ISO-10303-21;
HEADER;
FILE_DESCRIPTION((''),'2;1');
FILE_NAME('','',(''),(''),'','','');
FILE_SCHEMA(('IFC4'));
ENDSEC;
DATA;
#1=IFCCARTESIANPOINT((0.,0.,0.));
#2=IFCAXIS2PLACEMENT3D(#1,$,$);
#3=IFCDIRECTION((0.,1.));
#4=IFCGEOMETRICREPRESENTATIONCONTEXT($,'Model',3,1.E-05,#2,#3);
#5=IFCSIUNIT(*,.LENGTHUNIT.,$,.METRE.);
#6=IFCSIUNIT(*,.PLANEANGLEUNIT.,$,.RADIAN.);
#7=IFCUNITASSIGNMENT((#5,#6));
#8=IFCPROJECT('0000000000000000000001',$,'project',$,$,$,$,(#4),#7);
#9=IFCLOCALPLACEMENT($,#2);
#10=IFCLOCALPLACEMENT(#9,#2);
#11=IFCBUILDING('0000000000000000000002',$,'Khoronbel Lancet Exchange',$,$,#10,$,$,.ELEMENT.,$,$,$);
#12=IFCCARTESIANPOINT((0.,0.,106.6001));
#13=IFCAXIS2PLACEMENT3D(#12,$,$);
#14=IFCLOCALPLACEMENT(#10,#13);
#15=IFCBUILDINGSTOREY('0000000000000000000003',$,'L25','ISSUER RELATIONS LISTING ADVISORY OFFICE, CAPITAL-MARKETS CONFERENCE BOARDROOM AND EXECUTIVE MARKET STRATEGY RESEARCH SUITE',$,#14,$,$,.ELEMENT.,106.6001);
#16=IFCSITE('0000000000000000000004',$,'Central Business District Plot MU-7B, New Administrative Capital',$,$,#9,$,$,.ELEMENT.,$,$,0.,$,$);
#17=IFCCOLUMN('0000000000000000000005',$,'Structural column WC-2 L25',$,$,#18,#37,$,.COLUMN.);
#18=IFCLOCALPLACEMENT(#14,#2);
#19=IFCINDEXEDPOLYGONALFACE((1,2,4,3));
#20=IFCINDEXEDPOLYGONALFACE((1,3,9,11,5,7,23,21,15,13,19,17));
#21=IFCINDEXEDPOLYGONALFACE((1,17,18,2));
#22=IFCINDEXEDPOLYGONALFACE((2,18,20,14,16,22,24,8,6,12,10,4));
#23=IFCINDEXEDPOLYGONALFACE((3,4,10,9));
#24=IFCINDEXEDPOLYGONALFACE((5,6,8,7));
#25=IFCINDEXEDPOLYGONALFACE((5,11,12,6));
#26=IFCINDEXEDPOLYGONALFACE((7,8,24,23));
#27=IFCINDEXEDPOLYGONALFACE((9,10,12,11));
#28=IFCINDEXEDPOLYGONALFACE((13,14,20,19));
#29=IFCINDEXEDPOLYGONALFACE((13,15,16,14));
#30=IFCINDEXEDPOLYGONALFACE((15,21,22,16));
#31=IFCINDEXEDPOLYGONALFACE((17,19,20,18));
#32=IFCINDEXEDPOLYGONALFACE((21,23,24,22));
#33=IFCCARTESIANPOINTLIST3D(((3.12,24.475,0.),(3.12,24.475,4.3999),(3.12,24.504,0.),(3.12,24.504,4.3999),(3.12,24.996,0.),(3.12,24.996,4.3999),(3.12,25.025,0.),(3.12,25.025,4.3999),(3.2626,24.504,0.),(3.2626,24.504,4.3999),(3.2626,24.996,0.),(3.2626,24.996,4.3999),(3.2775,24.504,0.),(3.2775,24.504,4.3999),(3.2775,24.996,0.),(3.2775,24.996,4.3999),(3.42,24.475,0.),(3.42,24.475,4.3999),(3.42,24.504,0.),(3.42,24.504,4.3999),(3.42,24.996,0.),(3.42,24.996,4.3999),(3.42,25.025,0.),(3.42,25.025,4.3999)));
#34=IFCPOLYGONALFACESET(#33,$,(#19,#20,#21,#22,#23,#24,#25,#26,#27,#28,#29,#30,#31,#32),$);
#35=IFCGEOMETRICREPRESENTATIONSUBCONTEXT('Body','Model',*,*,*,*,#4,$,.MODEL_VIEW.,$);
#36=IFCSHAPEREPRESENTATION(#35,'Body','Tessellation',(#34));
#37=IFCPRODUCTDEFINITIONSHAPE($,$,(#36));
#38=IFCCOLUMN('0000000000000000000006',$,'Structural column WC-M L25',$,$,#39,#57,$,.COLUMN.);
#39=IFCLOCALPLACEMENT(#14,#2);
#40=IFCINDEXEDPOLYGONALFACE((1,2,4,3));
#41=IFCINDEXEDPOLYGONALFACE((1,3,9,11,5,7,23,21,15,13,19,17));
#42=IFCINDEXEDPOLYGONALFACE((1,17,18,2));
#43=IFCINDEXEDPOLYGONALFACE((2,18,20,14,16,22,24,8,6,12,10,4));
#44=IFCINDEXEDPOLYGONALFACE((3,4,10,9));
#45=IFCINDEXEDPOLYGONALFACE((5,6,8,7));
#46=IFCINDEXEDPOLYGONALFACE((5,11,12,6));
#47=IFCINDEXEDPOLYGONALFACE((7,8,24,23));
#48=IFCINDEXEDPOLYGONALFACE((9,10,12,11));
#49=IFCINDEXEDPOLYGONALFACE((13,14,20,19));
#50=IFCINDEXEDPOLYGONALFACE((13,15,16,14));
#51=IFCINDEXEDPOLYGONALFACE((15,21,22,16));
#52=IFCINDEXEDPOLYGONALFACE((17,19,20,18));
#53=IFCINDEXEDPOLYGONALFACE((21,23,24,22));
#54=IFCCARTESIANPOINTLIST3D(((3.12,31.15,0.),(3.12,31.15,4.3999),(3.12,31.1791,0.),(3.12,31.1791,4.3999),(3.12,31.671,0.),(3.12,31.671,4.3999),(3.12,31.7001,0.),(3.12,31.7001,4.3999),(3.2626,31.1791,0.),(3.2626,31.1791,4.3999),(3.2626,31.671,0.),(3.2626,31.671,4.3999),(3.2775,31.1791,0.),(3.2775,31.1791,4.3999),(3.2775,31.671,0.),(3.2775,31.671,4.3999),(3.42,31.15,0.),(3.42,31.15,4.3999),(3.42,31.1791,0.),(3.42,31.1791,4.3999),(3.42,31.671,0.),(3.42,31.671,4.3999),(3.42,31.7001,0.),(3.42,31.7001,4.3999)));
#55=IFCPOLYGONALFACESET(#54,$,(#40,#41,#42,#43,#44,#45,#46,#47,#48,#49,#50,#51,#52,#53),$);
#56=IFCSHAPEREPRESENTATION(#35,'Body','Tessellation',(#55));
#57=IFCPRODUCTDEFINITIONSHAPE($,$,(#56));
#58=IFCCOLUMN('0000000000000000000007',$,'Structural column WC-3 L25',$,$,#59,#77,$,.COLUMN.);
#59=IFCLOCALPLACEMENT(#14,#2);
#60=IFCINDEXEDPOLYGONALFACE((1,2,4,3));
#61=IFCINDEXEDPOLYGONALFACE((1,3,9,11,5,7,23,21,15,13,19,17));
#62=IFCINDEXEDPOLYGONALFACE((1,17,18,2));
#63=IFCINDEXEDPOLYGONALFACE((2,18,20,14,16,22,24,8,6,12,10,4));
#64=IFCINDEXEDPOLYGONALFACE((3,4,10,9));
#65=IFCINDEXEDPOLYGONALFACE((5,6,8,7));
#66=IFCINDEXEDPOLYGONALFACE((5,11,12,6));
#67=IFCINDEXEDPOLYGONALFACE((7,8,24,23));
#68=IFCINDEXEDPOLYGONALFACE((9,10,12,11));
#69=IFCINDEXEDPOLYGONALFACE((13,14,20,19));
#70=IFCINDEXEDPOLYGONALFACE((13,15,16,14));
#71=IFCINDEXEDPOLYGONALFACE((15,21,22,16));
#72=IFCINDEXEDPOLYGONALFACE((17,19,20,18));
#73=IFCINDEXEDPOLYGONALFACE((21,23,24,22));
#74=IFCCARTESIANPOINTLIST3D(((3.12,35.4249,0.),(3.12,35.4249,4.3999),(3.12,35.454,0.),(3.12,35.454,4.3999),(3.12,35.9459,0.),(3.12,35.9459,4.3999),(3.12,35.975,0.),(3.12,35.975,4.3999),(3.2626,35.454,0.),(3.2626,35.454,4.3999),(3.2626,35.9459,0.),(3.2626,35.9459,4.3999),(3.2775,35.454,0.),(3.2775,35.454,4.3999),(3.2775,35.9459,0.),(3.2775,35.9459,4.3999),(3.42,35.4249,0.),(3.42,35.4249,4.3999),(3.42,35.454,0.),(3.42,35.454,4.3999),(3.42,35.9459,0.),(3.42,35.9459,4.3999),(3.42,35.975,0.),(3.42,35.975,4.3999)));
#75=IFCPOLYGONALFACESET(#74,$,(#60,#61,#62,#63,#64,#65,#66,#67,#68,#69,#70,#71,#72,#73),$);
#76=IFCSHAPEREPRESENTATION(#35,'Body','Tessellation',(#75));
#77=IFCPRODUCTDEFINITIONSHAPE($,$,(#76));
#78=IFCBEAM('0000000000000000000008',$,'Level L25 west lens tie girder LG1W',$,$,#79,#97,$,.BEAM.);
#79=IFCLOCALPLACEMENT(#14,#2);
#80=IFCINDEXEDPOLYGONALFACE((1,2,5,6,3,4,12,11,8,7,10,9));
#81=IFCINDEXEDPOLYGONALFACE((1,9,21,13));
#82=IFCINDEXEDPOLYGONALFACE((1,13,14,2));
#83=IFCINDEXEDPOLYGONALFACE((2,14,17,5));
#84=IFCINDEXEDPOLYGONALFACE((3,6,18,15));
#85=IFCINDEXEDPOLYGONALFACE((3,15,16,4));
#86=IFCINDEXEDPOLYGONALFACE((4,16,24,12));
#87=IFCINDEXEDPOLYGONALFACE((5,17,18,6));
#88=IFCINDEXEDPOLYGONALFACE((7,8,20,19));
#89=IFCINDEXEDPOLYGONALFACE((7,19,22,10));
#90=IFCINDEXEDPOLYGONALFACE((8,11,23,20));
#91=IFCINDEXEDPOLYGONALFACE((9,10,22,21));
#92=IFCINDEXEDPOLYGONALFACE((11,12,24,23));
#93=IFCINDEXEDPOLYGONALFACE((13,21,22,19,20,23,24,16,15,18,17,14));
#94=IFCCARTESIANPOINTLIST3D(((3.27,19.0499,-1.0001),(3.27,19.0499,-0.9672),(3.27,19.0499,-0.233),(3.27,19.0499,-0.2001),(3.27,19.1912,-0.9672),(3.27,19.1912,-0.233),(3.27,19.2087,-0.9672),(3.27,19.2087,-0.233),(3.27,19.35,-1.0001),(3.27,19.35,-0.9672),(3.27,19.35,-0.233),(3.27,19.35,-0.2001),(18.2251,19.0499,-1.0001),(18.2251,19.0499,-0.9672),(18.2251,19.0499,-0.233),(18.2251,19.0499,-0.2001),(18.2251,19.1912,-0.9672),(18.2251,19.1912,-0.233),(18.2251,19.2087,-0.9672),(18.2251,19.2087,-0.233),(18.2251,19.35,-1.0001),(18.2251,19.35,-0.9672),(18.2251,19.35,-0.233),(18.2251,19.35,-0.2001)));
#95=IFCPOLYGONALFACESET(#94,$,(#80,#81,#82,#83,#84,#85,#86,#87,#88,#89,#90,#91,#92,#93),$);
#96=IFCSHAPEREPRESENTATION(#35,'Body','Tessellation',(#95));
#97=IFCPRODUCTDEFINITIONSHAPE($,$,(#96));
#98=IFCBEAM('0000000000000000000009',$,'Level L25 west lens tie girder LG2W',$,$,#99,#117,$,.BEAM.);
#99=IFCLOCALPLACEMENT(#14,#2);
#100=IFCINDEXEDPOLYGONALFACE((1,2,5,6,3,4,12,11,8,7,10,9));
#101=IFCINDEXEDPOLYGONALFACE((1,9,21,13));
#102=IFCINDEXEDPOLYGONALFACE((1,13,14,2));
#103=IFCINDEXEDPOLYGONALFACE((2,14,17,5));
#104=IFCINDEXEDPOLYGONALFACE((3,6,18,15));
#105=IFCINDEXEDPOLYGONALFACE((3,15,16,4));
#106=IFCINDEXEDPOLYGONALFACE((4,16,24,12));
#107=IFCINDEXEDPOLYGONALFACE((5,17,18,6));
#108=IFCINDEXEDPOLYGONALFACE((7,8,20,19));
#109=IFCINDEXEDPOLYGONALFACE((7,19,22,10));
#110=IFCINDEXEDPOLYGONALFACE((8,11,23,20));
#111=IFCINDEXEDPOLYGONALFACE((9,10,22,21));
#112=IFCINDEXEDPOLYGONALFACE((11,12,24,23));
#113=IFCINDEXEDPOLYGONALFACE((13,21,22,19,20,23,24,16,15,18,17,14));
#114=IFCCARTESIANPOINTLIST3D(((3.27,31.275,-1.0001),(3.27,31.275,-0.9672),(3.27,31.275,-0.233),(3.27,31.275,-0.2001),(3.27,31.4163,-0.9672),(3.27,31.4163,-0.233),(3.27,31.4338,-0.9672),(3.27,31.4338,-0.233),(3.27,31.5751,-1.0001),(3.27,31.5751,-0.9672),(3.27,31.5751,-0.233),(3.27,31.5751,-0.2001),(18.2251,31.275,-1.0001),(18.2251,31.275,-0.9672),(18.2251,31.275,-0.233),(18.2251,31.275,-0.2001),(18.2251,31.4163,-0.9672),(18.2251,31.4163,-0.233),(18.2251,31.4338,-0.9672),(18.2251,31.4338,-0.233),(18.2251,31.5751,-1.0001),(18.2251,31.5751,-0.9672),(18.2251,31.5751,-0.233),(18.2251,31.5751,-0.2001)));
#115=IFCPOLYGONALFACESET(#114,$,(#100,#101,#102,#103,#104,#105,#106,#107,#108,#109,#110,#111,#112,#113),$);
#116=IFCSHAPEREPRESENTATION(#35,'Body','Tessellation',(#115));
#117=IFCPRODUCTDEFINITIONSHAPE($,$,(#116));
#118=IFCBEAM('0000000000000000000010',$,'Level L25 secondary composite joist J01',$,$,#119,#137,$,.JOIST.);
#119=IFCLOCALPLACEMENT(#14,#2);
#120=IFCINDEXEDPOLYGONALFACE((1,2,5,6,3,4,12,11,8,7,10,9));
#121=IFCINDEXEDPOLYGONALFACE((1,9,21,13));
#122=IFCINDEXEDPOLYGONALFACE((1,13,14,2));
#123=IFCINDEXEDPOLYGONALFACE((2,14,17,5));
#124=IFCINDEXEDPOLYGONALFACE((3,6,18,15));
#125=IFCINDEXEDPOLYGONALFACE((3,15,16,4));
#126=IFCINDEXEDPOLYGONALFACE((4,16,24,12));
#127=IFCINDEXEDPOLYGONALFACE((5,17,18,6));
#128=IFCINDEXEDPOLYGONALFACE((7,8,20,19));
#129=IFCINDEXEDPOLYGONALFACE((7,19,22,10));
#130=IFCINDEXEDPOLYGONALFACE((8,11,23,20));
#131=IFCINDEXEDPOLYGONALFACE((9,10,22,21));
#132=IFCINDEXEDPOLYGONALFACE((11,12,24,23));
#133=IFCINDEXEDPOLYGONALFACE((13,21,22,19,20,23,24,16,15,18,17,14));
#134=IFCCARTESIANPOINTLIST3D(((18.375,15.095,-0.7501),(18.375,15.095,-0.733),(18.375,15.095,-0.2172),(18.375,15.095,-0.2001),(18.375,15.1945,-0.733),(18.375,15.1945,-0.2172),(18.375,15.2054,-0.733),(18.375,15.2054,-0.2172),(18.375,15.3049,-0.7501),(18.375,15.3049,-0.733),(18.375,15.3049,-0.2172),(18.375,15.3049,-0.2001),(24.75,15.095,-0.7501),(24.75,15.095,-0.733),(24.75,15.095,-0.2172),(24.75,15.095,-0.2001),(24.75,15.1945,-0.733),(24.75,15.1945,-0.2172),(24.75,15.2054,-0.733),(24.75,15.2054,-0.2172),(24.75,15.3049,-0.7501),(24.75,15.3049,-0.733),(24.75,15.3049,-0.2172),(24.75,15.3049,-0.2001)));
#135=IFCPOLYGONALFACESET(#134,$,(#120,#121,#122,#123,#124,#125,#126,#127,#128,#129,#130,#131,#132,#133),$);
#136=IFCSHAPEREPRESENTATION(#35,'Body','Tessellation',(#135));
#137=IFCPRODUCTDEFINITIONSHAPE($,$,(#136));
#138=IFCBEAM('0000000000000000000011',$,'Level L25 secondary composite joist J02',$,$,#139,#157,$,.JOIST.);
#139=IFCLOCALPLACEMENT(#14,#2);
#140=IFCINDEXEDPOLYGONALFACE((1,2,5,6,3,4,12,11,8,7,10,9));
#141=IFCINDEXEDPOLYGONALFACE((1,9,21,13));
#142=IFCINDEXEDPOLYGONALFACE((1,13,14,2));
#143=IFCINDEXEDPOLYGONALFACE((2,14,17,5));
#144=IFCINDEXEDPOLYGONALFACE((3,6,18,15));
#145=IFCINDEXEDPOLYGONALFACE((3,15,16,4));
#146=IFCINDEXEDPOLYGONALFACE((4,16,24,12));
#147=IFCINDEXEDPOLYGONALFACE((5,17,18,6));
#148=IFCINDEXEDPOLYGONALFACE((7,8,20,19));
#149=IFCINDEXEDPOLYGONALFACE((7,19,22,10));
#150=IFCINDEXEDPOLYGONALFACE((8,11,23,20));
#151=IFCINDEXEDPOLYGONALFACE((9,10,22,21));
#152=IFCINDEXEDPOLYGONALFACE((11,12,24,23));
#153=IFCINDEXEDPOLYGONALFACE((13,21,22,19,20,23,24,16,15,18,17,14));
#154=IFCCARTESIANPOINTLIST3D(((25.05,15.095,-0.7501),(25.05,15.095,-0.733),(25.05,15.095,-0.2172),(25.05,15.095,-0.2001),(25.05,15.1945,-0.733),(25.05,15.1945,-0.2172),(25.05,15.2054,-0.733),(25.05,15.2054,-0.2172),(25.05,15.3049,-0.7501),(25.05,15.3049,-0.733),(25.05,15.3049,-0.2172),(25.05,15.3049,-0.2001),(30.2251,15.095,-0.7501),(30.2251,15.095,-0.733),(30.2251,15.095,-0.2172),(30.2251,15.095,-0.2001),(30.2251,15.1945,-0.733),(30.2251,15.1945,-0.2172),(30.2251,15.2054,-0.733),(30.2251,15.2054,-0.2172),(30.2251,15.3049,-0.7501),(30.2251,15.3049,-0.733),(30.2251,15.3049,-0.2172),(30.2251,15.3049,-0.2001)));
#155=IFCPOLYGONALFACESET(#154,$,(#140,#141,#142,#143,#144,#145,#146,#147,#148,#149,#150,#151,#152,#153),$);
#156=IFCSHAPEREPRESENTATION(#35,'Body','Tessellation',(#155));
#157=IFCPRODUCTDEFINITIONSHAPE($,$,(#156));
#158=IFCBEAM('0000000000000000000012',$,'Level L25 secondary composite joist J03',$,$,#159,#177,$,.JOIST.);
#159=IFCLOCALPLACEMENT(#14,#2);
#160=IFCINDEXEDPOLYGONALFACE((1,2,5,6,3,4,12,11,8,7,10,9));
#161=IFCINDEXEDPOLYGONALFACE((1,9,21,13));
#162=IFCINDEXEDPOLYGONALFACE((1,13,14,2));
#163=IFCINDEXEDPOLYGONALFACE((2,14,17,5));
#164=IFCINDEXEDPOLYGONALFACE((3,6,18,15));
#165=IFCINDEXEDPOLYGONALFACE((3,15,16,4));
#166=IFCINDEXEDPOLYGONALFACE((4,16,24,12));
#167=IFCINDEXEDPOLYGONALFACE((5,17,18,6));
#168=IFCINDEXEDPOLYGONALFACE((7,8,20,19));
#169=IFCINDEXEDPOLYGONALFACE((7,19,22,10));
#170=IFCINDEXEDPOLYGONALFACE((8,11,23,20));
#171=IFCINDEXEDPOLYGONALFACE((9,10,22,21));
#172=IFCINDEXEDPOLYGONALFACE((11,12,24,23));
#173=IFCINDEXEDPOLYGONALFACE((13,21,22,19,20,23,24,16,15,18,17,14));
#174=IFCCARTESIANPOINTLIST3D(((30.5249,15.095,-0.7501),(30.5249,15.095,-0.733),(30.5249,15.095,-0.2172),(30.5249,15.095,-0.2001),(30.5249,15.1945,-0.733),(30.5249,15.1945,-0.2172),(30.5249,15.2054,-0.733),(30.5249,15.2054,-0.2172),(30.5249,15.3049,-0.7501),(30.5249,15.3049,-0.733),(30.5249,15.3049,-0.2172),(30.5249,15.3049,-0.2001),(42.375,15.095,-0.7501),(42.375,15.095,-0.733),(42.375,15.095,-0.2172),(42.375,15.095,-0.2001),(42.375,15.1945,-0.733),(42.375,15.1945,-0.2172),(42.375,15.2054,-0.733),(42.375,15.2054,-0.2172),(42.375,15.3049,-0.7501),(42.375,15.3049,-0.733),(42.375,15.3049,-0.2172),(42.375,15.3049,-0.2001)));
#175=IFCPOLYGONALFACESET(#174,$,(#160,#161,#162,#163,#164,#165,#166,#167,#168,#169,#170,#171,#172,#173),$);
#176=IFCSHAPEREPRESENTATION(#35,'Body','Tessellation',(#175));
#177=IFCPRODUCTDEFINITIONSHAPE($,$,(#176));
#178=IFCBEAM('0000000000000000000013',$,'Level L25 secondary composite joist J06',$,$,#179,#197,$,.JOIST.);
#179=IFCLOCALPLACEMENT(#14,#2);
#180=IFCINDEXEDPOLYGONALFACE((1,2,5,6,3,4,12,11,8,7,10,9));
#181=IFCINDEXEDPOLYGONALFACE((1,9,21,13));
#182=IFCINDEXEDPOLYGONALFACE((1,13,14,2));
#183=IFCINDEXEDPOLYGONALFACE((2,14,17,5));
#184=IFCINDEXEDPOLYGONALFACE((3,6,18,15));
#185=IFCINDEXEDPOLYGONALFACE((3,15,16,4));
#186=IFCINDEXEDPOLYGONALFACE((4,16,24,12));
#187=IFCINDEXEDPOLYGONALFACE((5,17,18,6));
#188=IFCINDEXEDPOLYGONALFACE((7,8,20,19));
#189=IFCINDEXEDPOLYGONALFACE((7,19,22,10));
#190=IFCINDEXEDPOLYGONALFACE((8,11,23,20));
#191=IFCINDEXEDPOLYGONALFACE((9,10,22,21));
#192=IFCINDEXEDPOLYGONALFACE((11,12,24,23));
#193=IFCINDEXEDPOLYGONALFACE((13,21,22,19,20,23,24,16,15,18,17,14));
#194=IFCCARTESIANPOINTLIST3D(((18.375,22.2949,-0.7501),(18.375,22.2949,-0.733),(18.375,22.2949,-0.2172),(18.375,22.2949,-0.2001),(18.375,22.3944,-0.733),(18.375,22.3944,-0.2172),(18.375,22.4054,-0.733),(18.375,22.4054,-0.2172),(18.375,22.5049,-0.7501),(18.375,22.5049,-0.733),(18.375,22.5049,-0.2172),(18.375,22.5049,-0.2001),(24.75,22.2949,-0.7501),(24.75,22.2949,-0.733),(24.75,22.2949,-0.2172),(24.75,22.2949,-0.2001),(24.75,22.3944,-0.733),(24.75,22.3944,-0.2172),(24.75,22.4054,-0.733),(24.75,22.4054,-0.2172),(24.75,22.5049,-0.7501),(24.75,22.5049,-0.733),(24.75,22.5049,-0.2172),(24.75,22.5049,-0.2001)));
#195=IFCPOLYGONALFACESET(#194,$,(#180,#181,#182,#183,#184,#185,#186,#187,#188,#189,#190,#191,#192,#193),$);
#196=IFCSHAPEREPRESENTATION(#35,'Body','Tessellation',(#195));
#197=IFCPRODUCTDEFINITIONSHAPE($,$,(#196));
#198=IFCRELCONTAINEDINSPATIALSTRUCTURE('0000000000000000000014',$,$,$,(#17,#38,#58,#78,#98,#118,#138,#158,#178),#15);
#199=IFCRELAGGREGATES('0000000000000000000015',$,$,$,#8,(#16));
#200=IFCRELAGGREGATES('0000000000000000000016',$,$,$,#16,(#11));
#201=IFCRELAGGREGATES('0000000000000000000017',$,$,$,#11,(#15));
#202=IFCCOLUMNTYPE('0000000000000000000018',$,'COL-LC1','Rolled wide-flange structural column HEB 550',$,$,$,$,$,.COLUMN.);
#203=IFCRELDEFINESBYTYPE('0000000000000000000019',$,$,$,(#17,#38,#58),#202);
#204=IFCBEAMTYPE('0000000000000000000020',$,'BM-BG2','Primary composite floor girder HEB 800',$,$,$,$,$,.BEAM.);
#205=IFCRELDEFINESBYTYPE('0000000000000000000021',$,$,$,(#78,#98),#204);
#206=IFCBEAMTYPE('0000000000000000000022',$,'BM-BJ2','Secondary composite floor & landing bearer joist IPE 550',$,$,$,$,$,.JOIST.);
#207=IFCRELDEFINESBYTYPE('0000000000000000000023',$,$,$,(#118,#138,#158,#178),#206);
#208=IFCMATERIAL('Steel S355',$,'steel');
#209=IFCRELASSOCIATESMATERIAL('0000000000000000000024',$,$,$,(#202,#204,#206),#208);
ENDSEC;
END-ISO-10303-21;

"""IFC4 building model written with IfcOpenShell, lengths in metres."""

from ifc_helpers import new_model, si_unit, direction, frame, origin, origin_2d, place, context, subcontext, project, spatial, i_section, extrude, material, material_profile, profile_set, type_object, element, save


model = new_model("IFC4")

# Units and contexts
model_context = context("Model", 3, precision=1e-05, world=origin(), true_north=direction((0.0, 1.0)))
body_context = subcontext(model_context, "Body", "Model", "MODEL_VIEW")
ifc_project = project(units=[si_unit("LENGTHUNIT", "METRE"), si_unit("PLANEANGLEUNIT", "RADIAN")], contexts=[model_context])

# Site, building, storey
site_placement = place(None, origin())
site = spatial("IfcSite", under=ifc_project, at=site_placement, Name="Central Business District Plot MU-7B, New Administrative Capital", CompositionType="ELEMENT", RefElevation=0.0)
building_placement = place(site_placement, origin())
building = spatial("IfcBuilding", under=site, at=building_placement, Name="Khoronbel Lancet Exchange", CompositionType="ELEMENT")
storey_placement = place(building_placement, frame((0.0, 0.0, 106.6001)))
storey = spatial("IfcBuildingStorey", under=building, at=storey_placement, Name="L25", Description="ISSUER RELATIONS LISTING ADVISORY OFFICE, CAPITAL-MARKETS CONFERENCE BOARDROOM AND EXECUTIVE MARKET STRATEGY RESEARCH SUITE", CompositionType="ELEMENT", Elevation=106.6001)

# Columns
ifc_material_1 = material(Name="Steel S355", Category="steel")
ifc_material_profile_1 = material_profile(ifc_material_1, i_section(OverallWidth=0.3, OverallDepth=0.55, WebThickness=0.0149, FlangeThickness=0.0291, at=origin_2d()), Name="HEB 550")
ifc_profile_set_1 = profile_set([ifc_material_profile_1], Name="Steel S355")
column_type = type_object("IfcColumnType", Name="COL-LC1", Description="Rolled wide-flange structural column HEB 550", PredefinedType="COLUMN", material=ifc_profile_set_1)
for number, where, z_axis, x_axis, name in (
    (1, (3.27, 24.75, 0.0), (0.0, 0.0, 1.0), (1.0, 0.0, 0.0), "Structural column WC-2 L25"),
    (2, (3.27, 31.425, 0.0), (0.0, 0.0, 1.0), (1.0, 0.0, 0.0), "Structural column WC-M L25"),
    (3, (3.27, 35.7, 0.0), (0.0, 0.0, 1.0), (1.0, 0.0, 0.0), "Structural column WC-3 L25"),
):
    element("IfcColumn", number, at=place(storey_placement, frame(where, z_axis=z_axis, x_axis=x_axis)), inside=storey, type_object=column_type, Name=name, PredefinedType="COLUMN", context=body_context, shape_type="SweptSolid", body=[
        extrude(i_section(OverallWidth=0.3, OverallDepth=0.55, WebThickness=0.0149, FlangeThickness=0.0291, at=origin_2d()), origin(), (0.0, 0.0, 1.0), 4.3999),
    ])

# Beams
ifc_material_profile_2 = material_profile(ifc_material_1, i_section(OverallWidth=0.3, OverallDepth=0.8, WebThickness=0.0176, FlangeThickness=0.033, at=origin_2d()), Name="HEB 800")
ifc_profile_set_2 = profile_set([ifc_material_profile_2], Name="Steel S355")
beam_type_1 = type_object("IfcBeamType", Name="BM-BG2", Description="Primary composite floor girder HEB 800", PredefinedType="BEAM", material=ifc_profile_set_2)
for number, where, z_axis, x_axis, name in (
    (4, (3.27, 19.2, -0.6001), (1.0, 0.0, 0.0), (0.0, 1.0, 0.0), "Level L25 west lens tie girder LG1W"),
    (5, (3.27, 31.425, -0.6001), (1.0, 0.0, 0.0), (0.0, 1.0, 0.0), "Level L25 west lens tie girder LG2W"),
):
    element("IfcBeam", number, at=place(storey_placement, frame(where, z_axis=z_axis, x_axis=x_axis)), inside=storey, type_object=beam_type_1, Name=name, PredefinedType="BEAM", context=body_context, shape_type="SweptSolid", body=[
        extrude(i_section(OverallWidth=0.3, OverallDepth=0.8, WebThickness=0.0176, FlangeThickness=0.033, at=origin_2d()), origin(), (0.0, 0.0, 1.0), 14.9551),
    ])
ifc_material_profile_3 = material_profile(ifc_material_1, i_section(OverallWidth=0.21, OverallDepth=0.55, WebThickness=0.011, FlangeThickness=0.0171, at=origin_2d()), Name="IPE 550")
ifc_profile_set_3 = profile_set([ifc_material_profile_3], Name="Steel S355")
beam_type_2 = type_object("IfcBeamType", Name="BM-BJ2", Description="Secondary composite floor & landing bearer joist IPE 550", PredefinedType="JOIST", material=ifc_profile_set_3)
beam_1_placement = place(storey_placement, frame((18.375, 15.2, -0.4751), z_axis=(1.0, 0.0, 0.0), x_axis=(0.0, 1.0, 0.0)))
element("IfcBeam", 6, at=beam_1_placement, inside=storey, type_object=beam_type_2, Name="Level L25 secondary composite joist J01", PredefinedType="JOIST", context=body_context, shape_type="SweptSolid", body=[
    extrude(i_section(OverallWidth=0.21, OverallDepth=0.55, WebThickness=0.011, FlangeThickness=0.0171, at=origin_2d()), origin(), (0.0, 0.0, 1.0), 6.375),
])
beam_2_placement = place(storey_placement, frame((25.05, 15.2, -0.4751), z_axis=(1.0, 0.0, 0.0), x_axis=(0.0, 1.0, 0.0)))
element("IfcBeam", 7, at=beam_2_placement, inside=storey, type_object=beam_type_2, Name="Level L25 secondary composite joist J02", PredefinedType="JOIST", context=body_context, shape_type="SweptSolid", body=[
    extrude(i_section(OverallWidth=0.21, OverallDepth=0.55, WebThickness=0.011, FlangeThickness=0.0171, at=origin_2d()), origin(), (0.0, 0.0, 1.0), 5.175),
])
beam_3_placement = place(storey_placement, frame((30.5249, 15.2, -0.4751), z_axis=(1.0, 0.0, 0.0), x_axis=(0.0, 1.0, 0.0)))
element("IfcBeam", 8, at=beam_3_placement, inside=storey, type_object=beam_type_2, Name="Level L25 secondary composite joist J03", PredefinedType="JOIST", context=body_context, shape_type="SweptSolid", body=[
    extrude(i_section(OverallWidth=0.21, OverallDepth=0.55, WebThickness=0.011, FlangeThickness=0.0171, at=origin_2d()), origin(), (0.0, 0.0, 1.0), 11.8501),
])
beam_4_placement = place(storey_placement, frame((18.375, 22.3999, -0.4751), z_axis=(1.0, 0.0, 0.0), x_axis=(0.0, 1.0, 0.0)))
element("IfcBeam", 9, at=beam_4_placement, inside=storey, type_object=beam_type_2, Name="Level L25 secondary composite joist J06", PredefinedType="JOIST", context=body_context, shape_type="SweptSolid", body=[
    extrude(i_section(OverallWidth=0.21, OverallDepth=0.55, WebThickness=0.011, FlangeThickness=0.0171, at=origin_2d()), origin(), (0.0, 0.0, 1.0), 6.375),
])

save(model, "model.ifc")
